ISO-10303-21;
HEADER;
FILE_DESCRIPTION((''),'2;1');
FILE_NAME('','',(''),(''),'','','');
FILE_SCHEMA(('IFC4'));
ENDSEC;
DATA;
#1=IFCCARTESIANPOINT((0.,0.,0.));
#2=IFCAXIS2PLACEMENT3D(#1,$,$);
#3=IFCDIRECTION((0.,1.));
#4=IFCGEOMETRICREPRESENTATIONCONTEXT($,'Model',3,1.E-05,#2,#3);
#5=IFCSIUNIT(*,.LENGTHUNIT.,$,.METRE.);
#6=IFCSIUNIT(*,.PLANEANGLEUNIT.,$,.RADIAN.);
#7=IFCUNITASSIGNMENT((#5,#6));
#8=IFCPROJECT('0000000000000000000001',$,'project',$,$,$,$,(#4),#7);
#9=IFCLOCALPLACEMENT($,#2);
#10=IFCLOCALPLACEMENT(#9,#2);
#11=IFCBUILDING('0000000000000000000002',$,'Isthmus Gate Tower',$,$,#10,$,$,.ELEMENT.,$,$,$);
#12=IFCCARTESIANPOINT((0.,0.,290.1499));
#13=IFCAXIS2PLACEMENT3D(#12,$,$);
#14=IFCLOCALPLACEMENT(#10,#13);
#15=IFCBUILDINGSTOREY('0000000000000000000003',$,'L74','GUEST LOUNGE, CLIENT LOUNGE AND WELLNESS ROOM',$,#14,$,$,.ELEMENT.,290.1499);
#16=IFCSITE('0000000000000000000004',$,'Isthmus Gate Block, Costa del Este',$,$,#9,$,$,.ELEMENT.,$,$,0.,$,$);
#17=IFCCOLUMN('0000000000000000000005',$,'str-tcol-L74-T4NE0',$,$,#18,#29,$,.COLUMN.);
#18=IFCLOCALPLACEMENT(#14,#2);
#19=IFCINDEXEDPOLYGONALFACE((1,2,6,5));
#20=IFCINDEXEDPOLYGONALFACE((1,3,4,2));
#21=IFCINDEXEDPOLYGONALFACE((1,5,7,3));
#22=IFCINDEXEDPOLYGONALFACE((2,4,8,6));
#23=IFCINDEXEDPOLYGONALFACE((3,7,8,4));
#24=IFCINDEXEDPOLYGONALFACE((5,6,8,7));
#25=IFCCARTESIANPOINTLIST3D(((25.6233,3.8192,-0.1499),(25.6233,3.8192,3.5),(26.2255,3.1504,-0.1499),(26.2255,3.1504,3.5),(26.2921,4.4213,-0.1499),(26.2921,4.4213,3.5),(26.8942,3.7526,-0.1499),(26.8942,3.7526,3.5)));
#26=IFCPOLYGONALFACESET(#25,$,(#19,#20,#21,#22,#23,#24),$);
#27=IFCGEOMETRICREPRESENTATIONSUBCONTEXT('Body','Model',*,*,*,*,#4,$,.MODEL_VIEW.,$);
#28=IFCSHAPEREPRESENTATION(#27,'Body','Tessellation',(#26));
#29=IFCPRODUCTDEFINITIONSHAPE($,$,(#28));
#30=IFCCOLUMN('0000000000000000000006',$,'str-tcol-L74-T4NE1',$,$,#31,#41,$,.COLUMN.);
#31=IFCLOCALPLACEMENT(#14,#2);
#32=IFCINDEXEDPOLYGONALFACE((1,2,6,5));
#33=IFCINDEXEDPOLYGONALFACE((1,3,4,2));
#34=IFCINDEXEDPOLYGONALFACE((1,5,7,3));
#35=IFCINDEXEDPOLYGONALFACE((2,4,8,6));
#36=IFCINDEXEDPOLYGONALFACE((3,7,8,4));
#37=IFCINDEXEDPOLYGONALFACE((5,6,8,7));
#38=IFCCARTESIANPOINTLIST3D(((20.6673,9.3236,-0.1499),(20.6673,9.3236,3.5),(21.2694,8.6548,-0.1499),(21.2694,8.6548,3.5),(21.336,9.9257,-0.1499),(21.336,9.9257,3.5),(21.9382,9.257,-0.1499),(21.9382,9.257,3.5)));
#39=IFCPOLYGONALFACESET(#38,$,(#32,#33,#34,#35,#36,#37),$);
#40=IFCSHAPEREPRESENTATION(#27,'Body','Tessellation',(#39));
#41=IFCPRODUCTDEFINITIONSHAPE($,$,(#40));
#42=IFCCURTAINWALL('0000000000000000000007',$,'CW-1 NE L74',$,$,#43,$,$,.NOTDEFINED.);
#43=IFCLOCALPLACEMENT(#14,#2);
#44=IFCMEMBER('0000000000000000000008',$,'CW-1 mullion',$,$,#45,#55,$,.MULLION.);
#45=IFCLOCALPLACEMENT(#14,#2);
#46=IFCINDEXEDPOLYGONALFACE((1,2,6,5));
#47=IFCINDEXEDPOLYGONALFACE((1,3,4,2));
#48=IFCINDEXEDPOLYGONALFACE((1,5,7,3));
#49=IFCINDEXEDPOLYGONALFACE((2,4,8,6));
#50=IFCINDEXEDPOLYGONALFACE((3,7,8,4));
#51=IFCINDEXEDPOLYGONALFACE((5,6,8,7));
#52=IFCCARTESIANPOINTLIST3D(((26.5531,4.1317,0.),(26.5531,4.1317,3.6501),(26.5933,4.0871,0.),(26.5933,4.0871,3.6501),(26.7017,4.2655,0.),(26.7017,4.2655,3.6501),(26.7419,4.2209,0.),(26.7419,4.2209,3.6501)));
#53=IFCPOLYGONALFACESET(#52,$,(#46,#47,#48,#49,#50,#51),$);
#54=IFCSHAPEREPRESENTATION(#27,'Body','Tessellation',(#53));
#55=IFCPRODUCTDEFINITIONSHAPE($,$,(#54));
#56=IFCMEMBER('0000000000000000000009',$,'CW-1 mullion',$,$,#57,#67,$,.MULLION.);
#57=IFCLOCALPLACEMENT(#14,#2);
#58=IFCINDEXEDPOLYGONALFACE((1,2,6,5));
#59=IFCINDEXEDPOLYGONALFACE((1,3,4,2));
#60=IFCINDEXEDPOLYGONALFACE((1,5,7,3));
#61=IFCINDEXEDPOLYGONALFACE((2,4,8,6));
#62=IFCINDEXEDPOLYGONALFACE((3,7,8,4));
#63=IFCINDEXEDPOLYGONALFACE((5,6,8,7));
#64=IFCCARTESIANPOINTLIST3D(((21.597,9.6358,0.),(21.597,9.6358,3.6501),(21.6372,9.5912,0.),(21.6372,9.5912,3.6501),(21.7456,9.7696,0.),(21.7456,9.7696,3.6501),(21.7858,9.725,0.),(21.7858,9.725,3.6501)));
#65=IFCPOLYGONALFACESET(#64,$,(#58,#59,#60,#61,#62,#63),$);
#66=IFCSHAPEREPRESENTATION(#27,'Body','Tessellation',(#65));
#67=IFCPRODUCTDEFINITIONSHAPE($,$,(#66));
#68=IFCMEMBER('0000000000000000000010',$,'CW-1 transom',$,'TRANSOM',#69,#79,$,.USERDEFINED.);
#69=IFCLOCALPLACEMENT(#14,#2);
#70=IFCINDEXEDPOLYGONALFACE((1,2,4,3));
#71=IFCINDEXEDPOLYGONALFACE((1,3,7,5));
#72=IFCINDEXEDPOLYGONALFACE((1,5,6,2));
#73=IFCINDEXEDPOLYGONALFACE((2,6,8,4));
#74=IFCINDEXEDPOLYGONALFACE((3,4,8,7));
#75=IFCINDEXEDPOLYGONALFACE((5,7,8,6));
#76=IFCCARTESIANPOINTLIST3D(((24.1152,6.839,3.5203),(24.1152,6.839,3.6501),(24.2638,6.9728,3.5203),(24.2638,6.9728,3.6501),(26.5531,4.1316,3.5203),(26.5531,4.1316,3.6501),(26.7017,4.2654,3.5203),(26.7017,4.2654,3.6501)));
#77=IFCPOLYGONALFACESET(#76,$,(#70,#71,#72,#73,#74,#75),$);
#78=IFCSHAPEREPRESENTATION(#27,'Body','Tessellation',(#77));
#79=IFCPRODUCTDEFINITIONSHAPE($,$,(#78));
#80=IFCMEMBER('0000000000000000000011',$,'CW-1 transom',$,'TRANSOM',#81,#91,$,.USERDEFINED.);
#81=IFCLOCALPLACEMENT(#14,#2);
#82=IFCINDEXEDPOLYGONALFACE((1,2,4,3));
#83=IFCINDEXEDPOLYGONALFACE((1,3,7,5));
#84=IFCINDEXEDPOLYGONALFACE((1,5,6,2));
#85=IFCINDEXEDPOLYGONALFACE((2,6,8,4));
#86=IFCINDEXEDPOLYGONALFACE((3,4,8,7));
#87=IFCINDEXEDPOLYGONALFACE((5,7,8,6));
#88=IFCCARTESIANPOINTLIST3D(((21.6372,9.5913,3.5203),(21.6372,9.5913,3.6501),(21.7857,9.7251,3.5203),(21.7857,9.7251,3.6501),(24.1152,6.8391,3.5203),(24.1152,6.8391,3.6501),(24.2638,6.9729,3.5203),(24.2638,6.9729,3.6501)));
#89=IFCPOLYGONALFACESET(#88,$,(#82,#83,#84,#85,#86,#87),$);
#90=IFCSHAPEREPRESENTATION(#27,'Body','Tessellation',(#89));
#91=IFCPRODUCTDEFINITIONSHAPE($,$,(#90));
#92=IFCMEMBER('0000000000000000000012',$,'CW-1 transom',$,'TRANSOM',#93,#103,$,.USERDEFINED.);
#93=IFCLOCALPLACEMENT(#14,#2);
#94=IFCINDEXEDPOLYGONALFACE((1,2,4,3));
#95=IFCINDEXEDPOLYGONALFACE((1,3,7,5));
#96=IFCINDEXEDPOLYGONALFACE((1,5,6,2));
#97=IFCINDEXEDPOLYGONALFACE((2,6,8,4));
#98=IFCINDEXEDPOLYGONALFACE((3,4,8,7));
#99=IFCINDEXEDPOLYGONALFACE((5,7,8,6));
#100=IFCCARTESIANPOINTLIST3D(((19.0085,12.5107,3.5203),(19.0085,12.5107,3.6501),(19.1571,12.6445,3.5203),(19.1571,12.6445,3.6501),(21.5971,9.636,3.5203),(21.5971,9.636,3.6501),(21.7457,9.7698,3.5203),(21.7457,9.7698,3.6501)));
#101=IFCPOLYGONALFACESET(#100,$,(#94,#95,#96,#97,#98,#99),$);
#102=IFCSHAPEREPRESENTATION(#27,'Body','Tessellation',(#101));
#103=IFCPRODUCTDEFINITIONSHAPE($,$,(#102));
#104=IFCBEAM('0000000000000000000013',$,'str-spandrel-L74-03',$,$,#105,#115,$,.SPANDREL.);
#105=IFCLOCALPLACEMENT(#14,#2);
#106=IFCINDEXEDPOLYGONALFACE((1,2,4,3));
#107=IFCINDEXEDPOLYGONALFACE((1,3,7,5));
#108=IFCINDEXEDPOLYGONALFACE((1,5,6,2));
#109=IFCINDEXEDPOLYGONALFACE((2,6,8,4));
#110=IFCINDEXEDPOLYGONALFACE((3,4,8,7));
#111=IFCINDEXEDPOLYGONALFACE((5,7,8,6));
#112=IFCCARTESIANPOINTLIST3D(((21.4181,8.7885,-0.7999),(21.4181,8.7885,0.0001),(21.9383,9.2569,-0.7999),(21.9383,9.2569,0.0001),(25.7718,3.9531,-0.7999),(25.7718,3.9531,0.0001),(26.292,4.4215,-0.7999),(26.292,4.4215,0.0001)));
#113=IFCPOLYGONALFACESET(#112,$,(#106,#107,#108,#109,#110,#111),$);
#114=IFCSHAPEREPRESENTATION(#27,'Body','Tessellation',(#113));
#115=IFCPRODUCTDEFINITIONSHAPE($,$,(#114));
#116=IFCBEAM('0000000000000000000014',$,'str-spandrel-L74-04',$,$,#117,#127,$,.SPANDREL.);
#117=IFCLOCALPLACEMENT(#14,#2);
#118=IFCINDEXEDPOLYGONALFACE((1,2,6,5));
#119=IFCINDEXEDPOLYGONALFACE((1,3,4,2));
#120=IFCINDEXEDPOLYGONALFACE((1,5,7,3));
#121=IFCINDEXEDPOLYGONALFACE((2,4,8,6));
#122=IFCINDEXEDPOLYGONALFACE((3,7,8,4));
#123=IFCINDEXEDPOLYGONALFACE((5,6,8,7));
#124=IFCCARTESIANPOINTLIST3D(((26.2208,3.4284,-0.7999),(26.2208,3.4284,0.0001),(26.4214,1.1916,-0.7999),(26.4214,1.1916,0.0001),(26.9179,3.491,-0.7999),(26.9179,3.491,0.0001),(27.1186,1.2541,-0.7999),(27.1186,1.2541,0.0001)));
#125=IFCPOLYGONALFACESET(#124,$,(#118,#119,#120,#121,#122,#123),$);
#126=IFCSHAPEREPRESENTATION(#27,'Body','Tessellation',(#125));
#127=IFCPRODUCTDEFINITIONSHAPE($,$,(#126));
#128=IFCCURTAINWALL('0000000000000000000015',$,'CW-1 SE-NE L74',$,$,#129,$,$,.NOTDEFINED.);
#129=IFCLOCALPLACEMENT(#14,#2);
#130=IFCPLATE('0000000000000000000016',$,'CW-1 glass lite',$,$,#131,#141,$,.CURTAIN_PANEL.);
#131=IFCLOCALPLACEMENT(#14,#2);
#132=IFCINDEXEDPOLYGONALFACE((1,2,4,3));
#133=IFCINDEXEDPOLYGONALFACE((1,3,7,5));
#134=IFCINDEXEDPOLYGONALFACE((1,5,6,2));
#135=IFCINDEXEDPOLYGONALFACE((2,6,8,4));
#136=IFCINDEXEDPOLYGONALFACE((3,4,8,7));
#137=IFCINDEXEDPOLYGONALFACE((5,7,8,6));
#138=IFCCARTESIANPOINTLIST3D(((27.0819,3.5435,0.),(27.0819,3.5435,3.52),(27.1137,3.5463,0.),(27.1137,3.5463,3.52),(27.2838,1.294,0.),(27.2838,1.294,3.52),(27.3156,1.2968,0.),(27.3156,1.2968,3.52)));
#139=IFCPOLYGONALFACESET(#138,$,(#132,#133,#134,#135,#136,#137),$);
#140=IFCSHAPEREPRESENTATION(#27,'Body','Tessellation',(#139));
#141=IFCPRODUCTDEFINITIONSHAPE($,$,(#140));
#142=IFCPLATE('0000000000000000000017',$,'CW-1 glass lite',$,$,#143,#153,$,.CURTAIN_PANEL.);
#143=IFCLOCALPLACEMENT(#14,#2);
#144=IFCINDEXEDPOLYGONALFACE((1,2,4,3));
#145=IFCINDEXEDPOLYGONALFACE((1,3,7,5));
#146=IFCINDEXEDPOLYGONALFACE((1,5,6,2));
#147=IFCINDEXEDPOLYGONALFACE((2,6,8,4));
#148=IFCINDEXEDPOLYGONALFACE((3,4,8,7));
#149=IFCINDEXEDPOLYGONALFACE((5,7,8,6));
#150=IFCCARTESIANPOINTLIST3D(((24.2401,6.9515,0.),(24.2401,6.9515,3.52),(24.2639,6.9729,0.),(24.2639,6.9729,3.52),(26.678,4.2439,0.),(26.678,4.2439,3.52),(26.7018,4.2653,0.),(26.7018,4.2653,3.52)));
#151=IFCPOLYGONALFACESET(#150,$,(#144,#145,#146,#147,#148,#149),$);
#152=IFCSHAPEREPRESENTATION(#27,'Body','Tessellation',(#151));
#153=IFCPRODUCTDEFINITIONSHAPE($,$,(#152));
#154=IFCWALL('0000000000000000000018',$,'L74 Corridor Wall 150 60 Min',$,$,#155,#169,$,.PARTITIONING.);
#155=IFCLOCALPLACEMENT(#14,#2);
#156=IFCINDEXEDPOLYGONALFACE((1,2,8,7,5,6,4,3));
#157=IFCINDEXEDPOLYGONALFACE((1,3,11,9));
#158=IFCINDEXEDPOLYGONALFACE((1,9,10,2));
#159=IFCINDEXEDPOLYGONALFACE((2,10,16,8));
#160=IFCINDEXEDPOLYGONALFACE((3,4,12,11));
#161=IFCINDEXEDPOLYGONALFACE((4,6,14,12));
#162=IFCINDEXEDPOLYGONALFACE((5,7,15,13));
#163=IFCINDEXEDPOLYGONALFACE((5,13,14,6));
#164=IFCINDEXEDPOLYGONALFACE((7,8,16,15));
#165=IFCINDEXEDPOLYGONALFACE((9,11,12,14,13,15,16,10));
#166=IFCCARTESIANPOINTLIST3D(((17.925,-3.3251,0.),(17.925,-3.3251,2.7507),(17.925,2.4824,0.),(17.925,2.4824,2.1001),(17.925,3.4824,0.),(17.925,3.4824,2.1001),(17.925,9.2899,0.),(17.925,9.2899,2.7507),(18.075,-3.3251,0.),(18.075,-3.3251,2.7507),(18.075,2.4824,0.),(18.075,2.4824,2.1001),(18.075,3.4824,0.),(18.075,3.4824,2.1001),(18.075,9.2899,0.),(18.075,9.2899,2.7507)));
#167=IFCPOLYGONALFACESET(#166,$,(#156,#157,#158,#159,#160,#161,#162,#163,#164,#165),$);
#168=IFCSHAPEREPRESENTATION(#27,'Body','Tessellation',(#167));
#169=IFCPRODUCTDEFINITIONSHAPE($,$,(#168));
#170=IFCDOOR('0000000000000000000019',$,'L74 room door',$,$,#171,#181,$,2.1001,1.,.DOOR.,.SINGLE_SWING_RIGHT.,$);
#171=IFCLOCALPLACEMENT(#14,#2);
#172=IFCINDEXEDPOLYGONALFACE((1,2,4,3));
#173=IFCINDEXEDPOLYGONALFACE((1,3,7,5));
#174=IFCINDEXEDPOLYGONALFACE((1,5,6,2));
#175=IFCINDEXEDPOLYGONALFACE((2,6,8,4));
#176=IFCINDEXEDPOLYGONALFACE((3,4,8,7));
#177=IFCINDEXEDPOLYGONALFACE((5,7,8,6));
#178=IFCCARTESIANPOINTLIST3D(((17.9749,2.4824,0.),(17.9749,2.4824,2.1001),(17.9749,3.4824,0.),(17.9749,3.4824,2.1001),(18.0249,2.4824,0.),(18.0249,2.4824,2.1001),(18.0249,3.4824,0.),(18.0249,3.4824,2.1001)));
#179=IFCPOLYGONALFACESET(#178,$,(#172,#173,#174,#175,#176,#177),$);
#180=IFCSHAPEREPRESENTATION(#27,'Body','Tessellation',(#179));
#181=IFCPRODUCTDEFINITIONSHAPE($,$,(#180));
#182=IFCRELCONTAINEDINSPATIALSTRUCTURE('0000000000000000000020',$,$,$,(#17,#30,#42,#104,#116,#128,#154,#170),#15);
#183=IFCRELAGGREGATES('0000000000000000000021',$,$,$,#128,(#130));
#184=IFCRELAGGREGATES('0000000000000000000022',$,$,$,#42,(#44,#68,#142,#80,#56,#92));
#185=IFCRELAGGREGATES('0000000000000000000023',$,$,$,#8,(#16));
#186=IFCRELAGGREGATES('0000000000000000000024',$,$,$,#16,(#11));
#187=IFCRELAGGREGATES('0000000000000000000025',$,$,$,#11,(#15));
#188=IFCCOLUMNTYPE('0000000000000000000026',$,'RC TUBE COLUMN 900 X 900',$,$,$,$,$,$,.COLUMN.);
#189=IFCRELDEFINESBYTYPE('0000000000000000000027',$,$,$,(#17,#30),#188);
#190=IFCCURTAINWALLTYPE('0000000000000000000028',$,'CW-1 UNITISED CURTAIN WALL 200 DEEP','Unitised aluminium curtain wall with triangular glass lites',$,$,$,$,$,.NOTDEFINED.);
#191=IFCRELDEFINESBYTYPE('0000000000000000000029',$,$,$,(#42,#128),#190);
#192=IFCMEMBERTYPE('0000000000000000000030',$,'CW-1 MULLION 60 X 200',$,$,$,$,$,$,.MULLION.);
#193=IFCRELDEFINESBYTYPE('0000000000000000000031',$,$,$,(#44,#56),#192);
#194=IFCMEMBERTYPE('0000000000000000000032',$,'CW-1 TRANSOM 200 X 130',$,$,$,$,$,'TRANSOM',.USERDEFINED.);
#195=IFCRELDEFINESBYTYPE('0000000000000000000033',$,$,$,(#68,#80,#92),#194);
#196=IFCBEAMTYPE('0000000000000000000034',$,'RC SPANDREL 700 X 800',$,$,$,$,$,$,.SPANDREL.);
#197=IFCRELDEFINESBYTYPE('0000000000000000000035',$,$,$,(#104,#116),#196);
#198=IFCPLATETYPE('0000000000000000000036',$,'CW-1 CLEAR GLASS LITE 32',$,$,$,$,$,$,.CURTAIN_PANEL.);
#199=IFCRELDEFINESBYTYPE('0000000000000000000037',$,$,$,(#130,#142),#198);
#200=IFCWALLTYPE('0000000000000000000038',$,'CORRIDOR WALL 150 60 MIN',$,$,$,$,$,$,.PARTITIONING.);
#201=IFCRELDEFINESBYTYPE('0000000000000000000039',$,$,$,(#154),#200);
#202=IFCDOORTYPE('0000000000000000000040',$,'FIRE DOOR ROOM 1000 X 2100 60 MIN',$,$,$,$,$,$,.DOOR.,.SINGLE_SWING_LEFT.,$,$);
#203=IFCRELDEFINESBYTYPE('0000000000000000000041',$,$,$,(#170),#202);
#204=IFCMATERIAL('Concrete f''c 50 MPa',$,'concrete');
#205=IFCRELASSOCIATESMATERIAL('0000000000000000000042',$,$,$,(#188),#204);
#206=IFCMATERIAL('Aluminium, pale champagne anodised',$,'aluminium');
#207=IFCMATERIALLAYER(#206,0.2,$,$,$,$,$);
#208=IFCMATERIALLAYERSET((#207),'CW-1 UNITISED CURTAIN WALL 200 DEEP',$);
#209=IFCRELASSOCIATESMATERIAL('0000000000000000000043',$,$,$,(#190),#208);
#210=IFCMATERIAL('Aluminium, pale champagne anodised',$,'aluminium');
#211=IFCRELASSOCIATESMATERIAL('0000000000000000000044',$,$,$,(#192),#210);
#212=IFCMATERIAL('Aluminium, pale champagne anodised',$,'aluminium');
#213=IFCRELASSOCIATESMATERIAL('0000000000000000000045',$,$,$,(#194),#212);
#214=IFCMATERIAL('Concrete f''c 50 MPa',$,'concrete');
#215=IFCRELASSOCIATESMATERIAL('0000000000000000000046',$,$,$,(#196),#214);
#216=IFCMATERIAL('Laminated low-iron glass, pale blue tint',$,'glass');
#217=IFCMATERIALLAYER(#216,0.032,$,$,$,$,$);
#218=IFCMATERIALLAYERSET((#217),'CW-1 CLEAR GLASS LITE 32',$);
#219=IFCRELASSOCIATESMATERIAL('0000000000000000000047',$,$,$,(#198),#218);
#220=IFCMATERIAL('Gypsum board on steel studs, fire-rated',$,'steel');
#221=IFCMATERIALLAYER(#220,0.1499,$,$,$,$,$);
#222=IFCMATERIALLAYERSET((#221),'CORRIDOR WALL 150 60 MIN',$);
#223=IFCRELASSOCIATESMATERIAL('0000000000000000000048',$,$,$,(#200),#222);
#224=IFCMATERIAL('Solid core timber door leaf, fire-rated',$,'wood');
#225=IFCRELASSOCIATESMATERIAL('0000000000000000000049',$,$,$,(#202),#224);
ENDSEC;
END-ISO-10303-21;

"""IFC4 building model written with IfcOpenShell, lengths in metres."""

from ifc_helpers import new_model, si_unit, direction, frame, frame_2d, origin, origin_2d, place, context, subcontext, project, spatial, rectangle, extrude, material, layer, layer_set, material_profile, profile_set, type_object, element, fill, aggregate, save


model = new_model("IFC4")

# Units and contexts
model_context = context("Model", 3, precision=1e-05, world=origin(), true_north=direction((0.0, 1.0)))
body_context = subcontext(model_context, "Body", "Model", "MODEL_VIEW")
ifc_project = project(units=[si_unit("LENGTHUNIT", "METRE"), si_unit("PLANEANGLEUNIT", "RADIAN")], contexts=[model_context])

# Site, building, storey
site_placement = place(None, origin())
site = spatial("IfcSite", under=ifc_project, at=site_placement, Name="Isthmus Gate Block, Costa del Este", CompositionType="ELEMENT", RefElevation=0.0)
building_placement = place(site_placement, origin())
building = spatial("IfcBuilding", under=site, at=building_placement, Name="Isthmus Gate Tower", CompositionType="ELEMENT")
storey_placement = place(building_placement, frame((0.0, 0.0, 290.1499)))
storey = spatial("IfcBuildingStorey", under=building, at=storey_placement, Name="L74", Description="GUEST LOUNGE, CLIENT LOUNGE AND WELLNESS ROOM", CompositionType="ELEMENT", Elevation=290.1499)

# Columns
ifc_material_1 = material(Name="Concrete f'c 50 MPa", Category="concrete")
ifc_material_profile_1 = material_profile(ifc_material_1, rectangle(XDim=0.8999, YDim=0.8999, at=origin_2d()), Name="RC 900X900")
ifc_profile_set_1 = profile_set([ifc_material_profile_1], Name="Concrete f'c 50 MPa")
column_type = type_object("IfcColumnType", Name="RC TUBE COLUMN 900 X 900", PredefinedType="COLUMN", material=ifc_profile_set_1)
for number, where, z_axis, x_axis, name in (
    (1, (26.2588, 3.7859, -0.1499), (0.0, 0.0, 1.0), (-0.669131, 0.743145, 0.0), "str-tcol-L74-T4NE0"),
    (2, (21.3027, 9.2903, -0.1499), (0.0, 0.0, 1.0), (-0.669131, 0.743145, 0.0), "str-tcol-L74-T4NE1"),
):
    element("IfcColumn", number, at=place(storey_placement, frame(where, z_axis=z_axis, x_axis=x_axis)), inside=storey, type_object=column_type, Name=name, PredefinedType="COLUMN", context=body_context, shape_type="SweptSolid", body=[
        extrude(rectangle(XDim=0.8999, YDim=0.8999, at=origin_2d()), origin(), (0.0, 0.0, 1.0), 3.6499),
    ])

# Curtain wall, members
ifc_material_2 = material(Name="Aluminium, pale champagne anodised", Category="aluminium")
ifc_layer_1 = layer(ifc_material_2, 0.2)
ifc_layer_set_1 = layer_set([ifc_layer_1], Name="CW-1 UNITISED CURTAIN WALL 200 DEEP")
curtain_wall_type = type_object("IfcCurtainWallType", Name="CW-1 UNITISED CURTAIN WALL 200 DEEP", Description="Unitised aluminium curtain wall with triangular glass lites", PredefinedType="NOTDEFINED", material=ifc_layer_set_1)
curtain_wall_1_placement = place(storey_placement, origin())
curtain_wall_1 = element("IfcCurtainWall", 3, at=curtain_wall_1_placement, inside=storey, type_object=curtain_wall_type, Name="CW-1 NE L74", PredefinedType="NOTDEFINED")
ifc_material_3 = material(Name="Aluminium, pale champagne anodised", Category="aluminium")
ifc_material_profile_2 = material_profile(ifc_material_3, rectangle(XDim=0.0601, YDim=0.2, at=origin_2d()), Name="60x200")
ifc_profile_set_2 = profile_set([ifc_material_profile_2], Name="Aluminium, pale champagne anodised")
member_type_1 = type_object("IfcMemberType", Name="CW-1 MULLION 60 X 200", PredefinedType="MULLION", material=ifc_profile_set_2)
member_1_placement = place(storey_placement, frame((26.6475, 4.1763, 0.0), z_axis=(0.0, 0.0, 1.0), x_axis=(-0.669131, 0.743145, 0.0)))
member_1 = element("IfcMember", 4, at=member_1_placement, type_object=member_type_1, Name="CW-1 mullion", PredefinedType="MULLION", context=body_context, shape_type="SweptSolid", body=[
    extrude(rectangle(XDim=0.0601, YDim=0.2, at=origin_2d()), origin(), (0.0, 0.0, 1.0), 3.6501),
])
member_2_placement = place(storey_placement, frame((21.6914, 9.6804, 0.0), z_axis=(0.0, 0.0, 1.0), x_axis=(-0.669131, 0.743145, 0.0)))
member_2 = element("IfcMember", 5, at=member_2_placement, type_object=member_type_1, Name="CW-1 mullion", PredefinedType="MULLION", context=body_context, shape_type="SweptSolid", body=[
    extrude(rectangle(XDim=0.0601, YDim=0.2, at=origin_2d()), origin(), (0.0, 0.0, 1.0), 3.6501),
])
ifc_material_4 = material(Name="Aluminium, pale champagne anodised", Category="aluminium")
ifc_material_profile_3 = material_profile(ifc_material_4, rectangle(XDim=0.2, YDim=0.1299, at=origin_2d()), Name="200x130")
ifc_profile_set_3 = profile_set([ifc_material_profile_3], Name="Aluminium, pale champagne anodised")
member_type_2 = type_object("IfcMemberType", Name="CW-1 TRANSOM 200 X 130", ElementType="TRANSOM", PredefinedType="USERDEFINED", material=ifc_profile_set_3)
member_3_placement = place(storey_placement, frame((26.6274, 4.1985, 3.5852), z_axis=(-0.66915, 0.743128, 0.0), x_axis=(-0.743128, -0.66915, 0.0)))
member_3 = element("IfcMember", 6, at=member_3_placement, type_object=member_type_2, Name="CW-1 transom", ObjectType="TRANSOM", PredefinedType="USERDEFINED", context=body_context, shape_type="SweptSolid", body=[
    extrude(rectangle(XDim=0.2, YDim=0.1299, at=origin_2d()), origin(), (0.0, 0.0, 1.0), 3.6433),
])
member_4_placement = place(storey_placement, frame((24.1895, 6.906, 3.5852), z_axis=(-0.669121, 0.743153, 0.0), x_axis=(-0.743153, -0.669121, 0.0)))
member_4 = element("IfcMember", 7, at=member_4_placement, type_object=member_type_2, Name="CW-1 transom", ObjectType="TRANSOM", PredefinedType="USERDEFINED", context=body_context, shape_type="SweptSolid", body=[
    extrude(rectangle(XDim=0.2, YDim=0.1299, at=origin_2d()), origin(), (0.0, 0.0, 1.0), 3.7034),
])
member_5_placement = place(storey_placement, frame((21.6714, 9.7029, 3.5852), z_axis=(-0.669156, 0.743122, 0.0), x_axis=(-0.743122, -0.669156, 0.0)))
member_5 = element("IfcMember", 8, at=member_5_placement, type_object=member_type_2, Name="CW-1 transom", ObjectType="TRANSOM", PredefinedType="USERDEFINED", context=body_context, shape_type="SweptSolid", body=[
    extrude(rectangle(XDim=0.2, YDim=0.1299, at=origin_2d()), origin(), (0.0, 0.0, 1.0), 3.8684),
])

# Beams
ifc_material_5 = material(Name="Concrete f'c 50 MPa", Category="concrete")
ifc_material_profile_4 = material_profile(ifc_material_5, rectangle(XDim=0.7, YDim=0.8, at=origin_2d()), Name="RC 700X800")
ifc_profile_set_4 = profile_set([ifc_material_profile_4], Name="Concrete f'c 50 MPa")
beam_type = type_object("IfcBeamType", Name="RC SPANDREL 700 X 800", PredefinedType="SPANDREL", material=ifc_profile_set_4)
beam_1_placement = place(storey_placement, frame((21.6782, 9.0227, -0.3999), z_axis=(0.669122, -0.743152, 0.0), x_axis=(0.743152, 0.669122, 0.0)))
element("IfcBeam", 9, at=beam_1_placement, inside=storey, type_object=beam_type, Name="str-spandrel-L74-03", PredefinedType="SPANDREL", context=body_context, shape_type="SweptSolid", body=[
    extrude(rectangle(XDim=0.7, YDim=0.8, at=origin_2d()), origin(), (0.0, 0.0, 1.0), 6.5066),
])
beam_2_placement = place(storey_placement, frame((26.5693, 3.4597, -0.3999), z_axis=(0.089359, -0.995999, 0.0), x_axis=(0.995999, 0.089359, 0.0)))
element("IfcBeam", 10, at=beam_2_placement, inside=storey, type_object=beam_type, Name="str-spandrel-L74-04", PredefinedType="SPANDREL", context=body_context, shape_type="SweptSolid", body=[
    extrude(rectangle(XDim=0.7, YDim=0.8, at=origin_2d()), origin(), (0.0, 0.0, 1.0), 2.2458),
])

# Curtain wall, plate
curtain_wall_2_placement = place(storey_placement, origin())
curtain_wall_2 = element("IfcCurtainWall", 11, at=curtain_wall_2_placement, inside=storey, type_object=curtain_wall_type, Name="CW-1 SE-NE L74", PredefinedType="NOTDEFINED")
ifc_material_6 = material(Name="Laminated low-iron glass, pale blue tint", Category="glass")
ifc_layer_2 = layer(ifc_material_6, 0.032)
ifc_layer_set_2 = layer_set([ifc_layer_2], Name="CW-1 CLEAR GLASS LITE 32")
plate_type = type_object("IfcPlateType", Name="CW-1 CLEAR GLASS LITE 32", PredefinedType="CURTAIN_PANEL", material=ifc_layer_set_2)
plate_1_placement = place(storey_placement, frame((27.1987, 2.4202, 0.0), z_axis=(0.0, 0.0, 1.0), x_axis=(-0.089397, 0.995996, 0.0)))
plate_1 = element("IfcPlate", 12, at=plate_1_placement, type_object=plate_type, Name="CW-1 glass lite", PredefinedType="CURTAIN_PANEL", context=body_context, shape_type="SweptSolid", body=[
    extrude(rectangle(XDim=2.2585, YDim=0.032, at=origin_2d()), origin(), (0.0, 0.0, 1.0), 3.52),
])
aggregate(curtain_wall_2, [plate_1])

# Plate
plate_2_placement = place(storey_placement, frame((25.4709, 5.6084, 0.0), z_axis=(0.0, 0.0, 1.0), x_axis=(-0.669131, 0.743145, 0.0)))
plate_2 = element("IfcPlate", 13, at=plate_2_placement, type_object=plate_type, Name="CW-1 glass lite", PredefinedType="CURTAIN_PANEL", context=body_context, shape_type="SweptSolid", body=[
    extrude(rectangle(XDim=3.6433, YDim=0.032, at=origin_2d()), origin(), (0.0, 0.0, 1.0), 3.52),
])

# Wall, opening, door
ifc_material_7 = material(Name="Gypsum board on steel studs, fire-rated", Category="steel")
ifc_layer_3 = layer(ifc_material_7, 0.1499)
ifc_layer_set_3 = layer_set([ifc_layer_3], Name="CORRIDOR WALL 150 60 MIN")
wall_type_1 = type_object("IfcWallType", Name="CORRIDOR WALL 150 60 MIN", PredefinedType="PARTITIONING", material=ifc_layer_set_3)
wall_1_placement = place(storey_placement, frame((18.0, 9.29, 0.0), z_axis=(0.0, 0.0, 1.0), x_axis=(0.0, -1.0, 0.0)))
wall_1 = element("IfcWall", 14, at=wall_1_placement, inside=storey, type_object=wall_type_1, Name="L74 Corridor Wall 150 60 Min", PredefinedType="PARTITIONING", context=body_context, shape_type="SweptSolid", body=[
    extrude(rectangle(XDim=12.615, YDim=0.1499, at=frame_2d((6.3076, 0.0))), origin(), (0.0, 0.0, 1.0), 2.7507),
])
opening_placement = place(wall_1_placement, frame((5.8076, 0.0, 0.0)))
opening = element("IfcOpeningElement", 15, at=opening_placement, cuts=wall_1, PredefinedType="OPENING", context=body_context, shape_type="SweptSolid", body=[
    extrude(rectangle(XDim=1.0, YDim=2.1001, at=frame_2d((0.5, 1.05))), frame((0.0, 0.085, 0.0), z_axis=(0.0, -1.0, 0.0), x_axis=(1.0, 0.0, 0.0)), (0.0, 0.0, 1.0), 0.1699),
])
ifc_material_8 = material(Name="Solid core timber door leaf, fire-rated", Category="wood")
door_type = type_object("IfcDoorType", Name="FIRE DOOR ROOM 1000 X 2100 60 MIN", OperationType="SINGLE_SWING_LEFT", PredefinedType="DOOR", material=ifc_material_8)
door_placement = place(opening_placement, origin())
door = element("IfcDoor", 16, at=door_placement, inside=storey, type_object=door_type, Name="L74 room door", OperationType="SINGLE_SWING_RIGHT", OverallHeight=2.1001, OverallWidth=1.0, PredefinedType="DOOR", context=body_context, shape_type="SweptSolid", body=[
    extrude(rectangle(XDim=1.0, YDim=2.1001, at=frame_2d((0.5, 1.05))), frame((0.0, 0.0249, 0.0), z_axis=(0.0, -1.0, 0.0), x_axis=(1.0, 0.0, 0.0)), (0.0, 0.0, 1.0), 0.05),
])
fill(opening, door)

aggregate(curtain_wall_1, [member_1, member_3, plate_2, member_4, member_2, member_5])

save(model, "model.ifc")
